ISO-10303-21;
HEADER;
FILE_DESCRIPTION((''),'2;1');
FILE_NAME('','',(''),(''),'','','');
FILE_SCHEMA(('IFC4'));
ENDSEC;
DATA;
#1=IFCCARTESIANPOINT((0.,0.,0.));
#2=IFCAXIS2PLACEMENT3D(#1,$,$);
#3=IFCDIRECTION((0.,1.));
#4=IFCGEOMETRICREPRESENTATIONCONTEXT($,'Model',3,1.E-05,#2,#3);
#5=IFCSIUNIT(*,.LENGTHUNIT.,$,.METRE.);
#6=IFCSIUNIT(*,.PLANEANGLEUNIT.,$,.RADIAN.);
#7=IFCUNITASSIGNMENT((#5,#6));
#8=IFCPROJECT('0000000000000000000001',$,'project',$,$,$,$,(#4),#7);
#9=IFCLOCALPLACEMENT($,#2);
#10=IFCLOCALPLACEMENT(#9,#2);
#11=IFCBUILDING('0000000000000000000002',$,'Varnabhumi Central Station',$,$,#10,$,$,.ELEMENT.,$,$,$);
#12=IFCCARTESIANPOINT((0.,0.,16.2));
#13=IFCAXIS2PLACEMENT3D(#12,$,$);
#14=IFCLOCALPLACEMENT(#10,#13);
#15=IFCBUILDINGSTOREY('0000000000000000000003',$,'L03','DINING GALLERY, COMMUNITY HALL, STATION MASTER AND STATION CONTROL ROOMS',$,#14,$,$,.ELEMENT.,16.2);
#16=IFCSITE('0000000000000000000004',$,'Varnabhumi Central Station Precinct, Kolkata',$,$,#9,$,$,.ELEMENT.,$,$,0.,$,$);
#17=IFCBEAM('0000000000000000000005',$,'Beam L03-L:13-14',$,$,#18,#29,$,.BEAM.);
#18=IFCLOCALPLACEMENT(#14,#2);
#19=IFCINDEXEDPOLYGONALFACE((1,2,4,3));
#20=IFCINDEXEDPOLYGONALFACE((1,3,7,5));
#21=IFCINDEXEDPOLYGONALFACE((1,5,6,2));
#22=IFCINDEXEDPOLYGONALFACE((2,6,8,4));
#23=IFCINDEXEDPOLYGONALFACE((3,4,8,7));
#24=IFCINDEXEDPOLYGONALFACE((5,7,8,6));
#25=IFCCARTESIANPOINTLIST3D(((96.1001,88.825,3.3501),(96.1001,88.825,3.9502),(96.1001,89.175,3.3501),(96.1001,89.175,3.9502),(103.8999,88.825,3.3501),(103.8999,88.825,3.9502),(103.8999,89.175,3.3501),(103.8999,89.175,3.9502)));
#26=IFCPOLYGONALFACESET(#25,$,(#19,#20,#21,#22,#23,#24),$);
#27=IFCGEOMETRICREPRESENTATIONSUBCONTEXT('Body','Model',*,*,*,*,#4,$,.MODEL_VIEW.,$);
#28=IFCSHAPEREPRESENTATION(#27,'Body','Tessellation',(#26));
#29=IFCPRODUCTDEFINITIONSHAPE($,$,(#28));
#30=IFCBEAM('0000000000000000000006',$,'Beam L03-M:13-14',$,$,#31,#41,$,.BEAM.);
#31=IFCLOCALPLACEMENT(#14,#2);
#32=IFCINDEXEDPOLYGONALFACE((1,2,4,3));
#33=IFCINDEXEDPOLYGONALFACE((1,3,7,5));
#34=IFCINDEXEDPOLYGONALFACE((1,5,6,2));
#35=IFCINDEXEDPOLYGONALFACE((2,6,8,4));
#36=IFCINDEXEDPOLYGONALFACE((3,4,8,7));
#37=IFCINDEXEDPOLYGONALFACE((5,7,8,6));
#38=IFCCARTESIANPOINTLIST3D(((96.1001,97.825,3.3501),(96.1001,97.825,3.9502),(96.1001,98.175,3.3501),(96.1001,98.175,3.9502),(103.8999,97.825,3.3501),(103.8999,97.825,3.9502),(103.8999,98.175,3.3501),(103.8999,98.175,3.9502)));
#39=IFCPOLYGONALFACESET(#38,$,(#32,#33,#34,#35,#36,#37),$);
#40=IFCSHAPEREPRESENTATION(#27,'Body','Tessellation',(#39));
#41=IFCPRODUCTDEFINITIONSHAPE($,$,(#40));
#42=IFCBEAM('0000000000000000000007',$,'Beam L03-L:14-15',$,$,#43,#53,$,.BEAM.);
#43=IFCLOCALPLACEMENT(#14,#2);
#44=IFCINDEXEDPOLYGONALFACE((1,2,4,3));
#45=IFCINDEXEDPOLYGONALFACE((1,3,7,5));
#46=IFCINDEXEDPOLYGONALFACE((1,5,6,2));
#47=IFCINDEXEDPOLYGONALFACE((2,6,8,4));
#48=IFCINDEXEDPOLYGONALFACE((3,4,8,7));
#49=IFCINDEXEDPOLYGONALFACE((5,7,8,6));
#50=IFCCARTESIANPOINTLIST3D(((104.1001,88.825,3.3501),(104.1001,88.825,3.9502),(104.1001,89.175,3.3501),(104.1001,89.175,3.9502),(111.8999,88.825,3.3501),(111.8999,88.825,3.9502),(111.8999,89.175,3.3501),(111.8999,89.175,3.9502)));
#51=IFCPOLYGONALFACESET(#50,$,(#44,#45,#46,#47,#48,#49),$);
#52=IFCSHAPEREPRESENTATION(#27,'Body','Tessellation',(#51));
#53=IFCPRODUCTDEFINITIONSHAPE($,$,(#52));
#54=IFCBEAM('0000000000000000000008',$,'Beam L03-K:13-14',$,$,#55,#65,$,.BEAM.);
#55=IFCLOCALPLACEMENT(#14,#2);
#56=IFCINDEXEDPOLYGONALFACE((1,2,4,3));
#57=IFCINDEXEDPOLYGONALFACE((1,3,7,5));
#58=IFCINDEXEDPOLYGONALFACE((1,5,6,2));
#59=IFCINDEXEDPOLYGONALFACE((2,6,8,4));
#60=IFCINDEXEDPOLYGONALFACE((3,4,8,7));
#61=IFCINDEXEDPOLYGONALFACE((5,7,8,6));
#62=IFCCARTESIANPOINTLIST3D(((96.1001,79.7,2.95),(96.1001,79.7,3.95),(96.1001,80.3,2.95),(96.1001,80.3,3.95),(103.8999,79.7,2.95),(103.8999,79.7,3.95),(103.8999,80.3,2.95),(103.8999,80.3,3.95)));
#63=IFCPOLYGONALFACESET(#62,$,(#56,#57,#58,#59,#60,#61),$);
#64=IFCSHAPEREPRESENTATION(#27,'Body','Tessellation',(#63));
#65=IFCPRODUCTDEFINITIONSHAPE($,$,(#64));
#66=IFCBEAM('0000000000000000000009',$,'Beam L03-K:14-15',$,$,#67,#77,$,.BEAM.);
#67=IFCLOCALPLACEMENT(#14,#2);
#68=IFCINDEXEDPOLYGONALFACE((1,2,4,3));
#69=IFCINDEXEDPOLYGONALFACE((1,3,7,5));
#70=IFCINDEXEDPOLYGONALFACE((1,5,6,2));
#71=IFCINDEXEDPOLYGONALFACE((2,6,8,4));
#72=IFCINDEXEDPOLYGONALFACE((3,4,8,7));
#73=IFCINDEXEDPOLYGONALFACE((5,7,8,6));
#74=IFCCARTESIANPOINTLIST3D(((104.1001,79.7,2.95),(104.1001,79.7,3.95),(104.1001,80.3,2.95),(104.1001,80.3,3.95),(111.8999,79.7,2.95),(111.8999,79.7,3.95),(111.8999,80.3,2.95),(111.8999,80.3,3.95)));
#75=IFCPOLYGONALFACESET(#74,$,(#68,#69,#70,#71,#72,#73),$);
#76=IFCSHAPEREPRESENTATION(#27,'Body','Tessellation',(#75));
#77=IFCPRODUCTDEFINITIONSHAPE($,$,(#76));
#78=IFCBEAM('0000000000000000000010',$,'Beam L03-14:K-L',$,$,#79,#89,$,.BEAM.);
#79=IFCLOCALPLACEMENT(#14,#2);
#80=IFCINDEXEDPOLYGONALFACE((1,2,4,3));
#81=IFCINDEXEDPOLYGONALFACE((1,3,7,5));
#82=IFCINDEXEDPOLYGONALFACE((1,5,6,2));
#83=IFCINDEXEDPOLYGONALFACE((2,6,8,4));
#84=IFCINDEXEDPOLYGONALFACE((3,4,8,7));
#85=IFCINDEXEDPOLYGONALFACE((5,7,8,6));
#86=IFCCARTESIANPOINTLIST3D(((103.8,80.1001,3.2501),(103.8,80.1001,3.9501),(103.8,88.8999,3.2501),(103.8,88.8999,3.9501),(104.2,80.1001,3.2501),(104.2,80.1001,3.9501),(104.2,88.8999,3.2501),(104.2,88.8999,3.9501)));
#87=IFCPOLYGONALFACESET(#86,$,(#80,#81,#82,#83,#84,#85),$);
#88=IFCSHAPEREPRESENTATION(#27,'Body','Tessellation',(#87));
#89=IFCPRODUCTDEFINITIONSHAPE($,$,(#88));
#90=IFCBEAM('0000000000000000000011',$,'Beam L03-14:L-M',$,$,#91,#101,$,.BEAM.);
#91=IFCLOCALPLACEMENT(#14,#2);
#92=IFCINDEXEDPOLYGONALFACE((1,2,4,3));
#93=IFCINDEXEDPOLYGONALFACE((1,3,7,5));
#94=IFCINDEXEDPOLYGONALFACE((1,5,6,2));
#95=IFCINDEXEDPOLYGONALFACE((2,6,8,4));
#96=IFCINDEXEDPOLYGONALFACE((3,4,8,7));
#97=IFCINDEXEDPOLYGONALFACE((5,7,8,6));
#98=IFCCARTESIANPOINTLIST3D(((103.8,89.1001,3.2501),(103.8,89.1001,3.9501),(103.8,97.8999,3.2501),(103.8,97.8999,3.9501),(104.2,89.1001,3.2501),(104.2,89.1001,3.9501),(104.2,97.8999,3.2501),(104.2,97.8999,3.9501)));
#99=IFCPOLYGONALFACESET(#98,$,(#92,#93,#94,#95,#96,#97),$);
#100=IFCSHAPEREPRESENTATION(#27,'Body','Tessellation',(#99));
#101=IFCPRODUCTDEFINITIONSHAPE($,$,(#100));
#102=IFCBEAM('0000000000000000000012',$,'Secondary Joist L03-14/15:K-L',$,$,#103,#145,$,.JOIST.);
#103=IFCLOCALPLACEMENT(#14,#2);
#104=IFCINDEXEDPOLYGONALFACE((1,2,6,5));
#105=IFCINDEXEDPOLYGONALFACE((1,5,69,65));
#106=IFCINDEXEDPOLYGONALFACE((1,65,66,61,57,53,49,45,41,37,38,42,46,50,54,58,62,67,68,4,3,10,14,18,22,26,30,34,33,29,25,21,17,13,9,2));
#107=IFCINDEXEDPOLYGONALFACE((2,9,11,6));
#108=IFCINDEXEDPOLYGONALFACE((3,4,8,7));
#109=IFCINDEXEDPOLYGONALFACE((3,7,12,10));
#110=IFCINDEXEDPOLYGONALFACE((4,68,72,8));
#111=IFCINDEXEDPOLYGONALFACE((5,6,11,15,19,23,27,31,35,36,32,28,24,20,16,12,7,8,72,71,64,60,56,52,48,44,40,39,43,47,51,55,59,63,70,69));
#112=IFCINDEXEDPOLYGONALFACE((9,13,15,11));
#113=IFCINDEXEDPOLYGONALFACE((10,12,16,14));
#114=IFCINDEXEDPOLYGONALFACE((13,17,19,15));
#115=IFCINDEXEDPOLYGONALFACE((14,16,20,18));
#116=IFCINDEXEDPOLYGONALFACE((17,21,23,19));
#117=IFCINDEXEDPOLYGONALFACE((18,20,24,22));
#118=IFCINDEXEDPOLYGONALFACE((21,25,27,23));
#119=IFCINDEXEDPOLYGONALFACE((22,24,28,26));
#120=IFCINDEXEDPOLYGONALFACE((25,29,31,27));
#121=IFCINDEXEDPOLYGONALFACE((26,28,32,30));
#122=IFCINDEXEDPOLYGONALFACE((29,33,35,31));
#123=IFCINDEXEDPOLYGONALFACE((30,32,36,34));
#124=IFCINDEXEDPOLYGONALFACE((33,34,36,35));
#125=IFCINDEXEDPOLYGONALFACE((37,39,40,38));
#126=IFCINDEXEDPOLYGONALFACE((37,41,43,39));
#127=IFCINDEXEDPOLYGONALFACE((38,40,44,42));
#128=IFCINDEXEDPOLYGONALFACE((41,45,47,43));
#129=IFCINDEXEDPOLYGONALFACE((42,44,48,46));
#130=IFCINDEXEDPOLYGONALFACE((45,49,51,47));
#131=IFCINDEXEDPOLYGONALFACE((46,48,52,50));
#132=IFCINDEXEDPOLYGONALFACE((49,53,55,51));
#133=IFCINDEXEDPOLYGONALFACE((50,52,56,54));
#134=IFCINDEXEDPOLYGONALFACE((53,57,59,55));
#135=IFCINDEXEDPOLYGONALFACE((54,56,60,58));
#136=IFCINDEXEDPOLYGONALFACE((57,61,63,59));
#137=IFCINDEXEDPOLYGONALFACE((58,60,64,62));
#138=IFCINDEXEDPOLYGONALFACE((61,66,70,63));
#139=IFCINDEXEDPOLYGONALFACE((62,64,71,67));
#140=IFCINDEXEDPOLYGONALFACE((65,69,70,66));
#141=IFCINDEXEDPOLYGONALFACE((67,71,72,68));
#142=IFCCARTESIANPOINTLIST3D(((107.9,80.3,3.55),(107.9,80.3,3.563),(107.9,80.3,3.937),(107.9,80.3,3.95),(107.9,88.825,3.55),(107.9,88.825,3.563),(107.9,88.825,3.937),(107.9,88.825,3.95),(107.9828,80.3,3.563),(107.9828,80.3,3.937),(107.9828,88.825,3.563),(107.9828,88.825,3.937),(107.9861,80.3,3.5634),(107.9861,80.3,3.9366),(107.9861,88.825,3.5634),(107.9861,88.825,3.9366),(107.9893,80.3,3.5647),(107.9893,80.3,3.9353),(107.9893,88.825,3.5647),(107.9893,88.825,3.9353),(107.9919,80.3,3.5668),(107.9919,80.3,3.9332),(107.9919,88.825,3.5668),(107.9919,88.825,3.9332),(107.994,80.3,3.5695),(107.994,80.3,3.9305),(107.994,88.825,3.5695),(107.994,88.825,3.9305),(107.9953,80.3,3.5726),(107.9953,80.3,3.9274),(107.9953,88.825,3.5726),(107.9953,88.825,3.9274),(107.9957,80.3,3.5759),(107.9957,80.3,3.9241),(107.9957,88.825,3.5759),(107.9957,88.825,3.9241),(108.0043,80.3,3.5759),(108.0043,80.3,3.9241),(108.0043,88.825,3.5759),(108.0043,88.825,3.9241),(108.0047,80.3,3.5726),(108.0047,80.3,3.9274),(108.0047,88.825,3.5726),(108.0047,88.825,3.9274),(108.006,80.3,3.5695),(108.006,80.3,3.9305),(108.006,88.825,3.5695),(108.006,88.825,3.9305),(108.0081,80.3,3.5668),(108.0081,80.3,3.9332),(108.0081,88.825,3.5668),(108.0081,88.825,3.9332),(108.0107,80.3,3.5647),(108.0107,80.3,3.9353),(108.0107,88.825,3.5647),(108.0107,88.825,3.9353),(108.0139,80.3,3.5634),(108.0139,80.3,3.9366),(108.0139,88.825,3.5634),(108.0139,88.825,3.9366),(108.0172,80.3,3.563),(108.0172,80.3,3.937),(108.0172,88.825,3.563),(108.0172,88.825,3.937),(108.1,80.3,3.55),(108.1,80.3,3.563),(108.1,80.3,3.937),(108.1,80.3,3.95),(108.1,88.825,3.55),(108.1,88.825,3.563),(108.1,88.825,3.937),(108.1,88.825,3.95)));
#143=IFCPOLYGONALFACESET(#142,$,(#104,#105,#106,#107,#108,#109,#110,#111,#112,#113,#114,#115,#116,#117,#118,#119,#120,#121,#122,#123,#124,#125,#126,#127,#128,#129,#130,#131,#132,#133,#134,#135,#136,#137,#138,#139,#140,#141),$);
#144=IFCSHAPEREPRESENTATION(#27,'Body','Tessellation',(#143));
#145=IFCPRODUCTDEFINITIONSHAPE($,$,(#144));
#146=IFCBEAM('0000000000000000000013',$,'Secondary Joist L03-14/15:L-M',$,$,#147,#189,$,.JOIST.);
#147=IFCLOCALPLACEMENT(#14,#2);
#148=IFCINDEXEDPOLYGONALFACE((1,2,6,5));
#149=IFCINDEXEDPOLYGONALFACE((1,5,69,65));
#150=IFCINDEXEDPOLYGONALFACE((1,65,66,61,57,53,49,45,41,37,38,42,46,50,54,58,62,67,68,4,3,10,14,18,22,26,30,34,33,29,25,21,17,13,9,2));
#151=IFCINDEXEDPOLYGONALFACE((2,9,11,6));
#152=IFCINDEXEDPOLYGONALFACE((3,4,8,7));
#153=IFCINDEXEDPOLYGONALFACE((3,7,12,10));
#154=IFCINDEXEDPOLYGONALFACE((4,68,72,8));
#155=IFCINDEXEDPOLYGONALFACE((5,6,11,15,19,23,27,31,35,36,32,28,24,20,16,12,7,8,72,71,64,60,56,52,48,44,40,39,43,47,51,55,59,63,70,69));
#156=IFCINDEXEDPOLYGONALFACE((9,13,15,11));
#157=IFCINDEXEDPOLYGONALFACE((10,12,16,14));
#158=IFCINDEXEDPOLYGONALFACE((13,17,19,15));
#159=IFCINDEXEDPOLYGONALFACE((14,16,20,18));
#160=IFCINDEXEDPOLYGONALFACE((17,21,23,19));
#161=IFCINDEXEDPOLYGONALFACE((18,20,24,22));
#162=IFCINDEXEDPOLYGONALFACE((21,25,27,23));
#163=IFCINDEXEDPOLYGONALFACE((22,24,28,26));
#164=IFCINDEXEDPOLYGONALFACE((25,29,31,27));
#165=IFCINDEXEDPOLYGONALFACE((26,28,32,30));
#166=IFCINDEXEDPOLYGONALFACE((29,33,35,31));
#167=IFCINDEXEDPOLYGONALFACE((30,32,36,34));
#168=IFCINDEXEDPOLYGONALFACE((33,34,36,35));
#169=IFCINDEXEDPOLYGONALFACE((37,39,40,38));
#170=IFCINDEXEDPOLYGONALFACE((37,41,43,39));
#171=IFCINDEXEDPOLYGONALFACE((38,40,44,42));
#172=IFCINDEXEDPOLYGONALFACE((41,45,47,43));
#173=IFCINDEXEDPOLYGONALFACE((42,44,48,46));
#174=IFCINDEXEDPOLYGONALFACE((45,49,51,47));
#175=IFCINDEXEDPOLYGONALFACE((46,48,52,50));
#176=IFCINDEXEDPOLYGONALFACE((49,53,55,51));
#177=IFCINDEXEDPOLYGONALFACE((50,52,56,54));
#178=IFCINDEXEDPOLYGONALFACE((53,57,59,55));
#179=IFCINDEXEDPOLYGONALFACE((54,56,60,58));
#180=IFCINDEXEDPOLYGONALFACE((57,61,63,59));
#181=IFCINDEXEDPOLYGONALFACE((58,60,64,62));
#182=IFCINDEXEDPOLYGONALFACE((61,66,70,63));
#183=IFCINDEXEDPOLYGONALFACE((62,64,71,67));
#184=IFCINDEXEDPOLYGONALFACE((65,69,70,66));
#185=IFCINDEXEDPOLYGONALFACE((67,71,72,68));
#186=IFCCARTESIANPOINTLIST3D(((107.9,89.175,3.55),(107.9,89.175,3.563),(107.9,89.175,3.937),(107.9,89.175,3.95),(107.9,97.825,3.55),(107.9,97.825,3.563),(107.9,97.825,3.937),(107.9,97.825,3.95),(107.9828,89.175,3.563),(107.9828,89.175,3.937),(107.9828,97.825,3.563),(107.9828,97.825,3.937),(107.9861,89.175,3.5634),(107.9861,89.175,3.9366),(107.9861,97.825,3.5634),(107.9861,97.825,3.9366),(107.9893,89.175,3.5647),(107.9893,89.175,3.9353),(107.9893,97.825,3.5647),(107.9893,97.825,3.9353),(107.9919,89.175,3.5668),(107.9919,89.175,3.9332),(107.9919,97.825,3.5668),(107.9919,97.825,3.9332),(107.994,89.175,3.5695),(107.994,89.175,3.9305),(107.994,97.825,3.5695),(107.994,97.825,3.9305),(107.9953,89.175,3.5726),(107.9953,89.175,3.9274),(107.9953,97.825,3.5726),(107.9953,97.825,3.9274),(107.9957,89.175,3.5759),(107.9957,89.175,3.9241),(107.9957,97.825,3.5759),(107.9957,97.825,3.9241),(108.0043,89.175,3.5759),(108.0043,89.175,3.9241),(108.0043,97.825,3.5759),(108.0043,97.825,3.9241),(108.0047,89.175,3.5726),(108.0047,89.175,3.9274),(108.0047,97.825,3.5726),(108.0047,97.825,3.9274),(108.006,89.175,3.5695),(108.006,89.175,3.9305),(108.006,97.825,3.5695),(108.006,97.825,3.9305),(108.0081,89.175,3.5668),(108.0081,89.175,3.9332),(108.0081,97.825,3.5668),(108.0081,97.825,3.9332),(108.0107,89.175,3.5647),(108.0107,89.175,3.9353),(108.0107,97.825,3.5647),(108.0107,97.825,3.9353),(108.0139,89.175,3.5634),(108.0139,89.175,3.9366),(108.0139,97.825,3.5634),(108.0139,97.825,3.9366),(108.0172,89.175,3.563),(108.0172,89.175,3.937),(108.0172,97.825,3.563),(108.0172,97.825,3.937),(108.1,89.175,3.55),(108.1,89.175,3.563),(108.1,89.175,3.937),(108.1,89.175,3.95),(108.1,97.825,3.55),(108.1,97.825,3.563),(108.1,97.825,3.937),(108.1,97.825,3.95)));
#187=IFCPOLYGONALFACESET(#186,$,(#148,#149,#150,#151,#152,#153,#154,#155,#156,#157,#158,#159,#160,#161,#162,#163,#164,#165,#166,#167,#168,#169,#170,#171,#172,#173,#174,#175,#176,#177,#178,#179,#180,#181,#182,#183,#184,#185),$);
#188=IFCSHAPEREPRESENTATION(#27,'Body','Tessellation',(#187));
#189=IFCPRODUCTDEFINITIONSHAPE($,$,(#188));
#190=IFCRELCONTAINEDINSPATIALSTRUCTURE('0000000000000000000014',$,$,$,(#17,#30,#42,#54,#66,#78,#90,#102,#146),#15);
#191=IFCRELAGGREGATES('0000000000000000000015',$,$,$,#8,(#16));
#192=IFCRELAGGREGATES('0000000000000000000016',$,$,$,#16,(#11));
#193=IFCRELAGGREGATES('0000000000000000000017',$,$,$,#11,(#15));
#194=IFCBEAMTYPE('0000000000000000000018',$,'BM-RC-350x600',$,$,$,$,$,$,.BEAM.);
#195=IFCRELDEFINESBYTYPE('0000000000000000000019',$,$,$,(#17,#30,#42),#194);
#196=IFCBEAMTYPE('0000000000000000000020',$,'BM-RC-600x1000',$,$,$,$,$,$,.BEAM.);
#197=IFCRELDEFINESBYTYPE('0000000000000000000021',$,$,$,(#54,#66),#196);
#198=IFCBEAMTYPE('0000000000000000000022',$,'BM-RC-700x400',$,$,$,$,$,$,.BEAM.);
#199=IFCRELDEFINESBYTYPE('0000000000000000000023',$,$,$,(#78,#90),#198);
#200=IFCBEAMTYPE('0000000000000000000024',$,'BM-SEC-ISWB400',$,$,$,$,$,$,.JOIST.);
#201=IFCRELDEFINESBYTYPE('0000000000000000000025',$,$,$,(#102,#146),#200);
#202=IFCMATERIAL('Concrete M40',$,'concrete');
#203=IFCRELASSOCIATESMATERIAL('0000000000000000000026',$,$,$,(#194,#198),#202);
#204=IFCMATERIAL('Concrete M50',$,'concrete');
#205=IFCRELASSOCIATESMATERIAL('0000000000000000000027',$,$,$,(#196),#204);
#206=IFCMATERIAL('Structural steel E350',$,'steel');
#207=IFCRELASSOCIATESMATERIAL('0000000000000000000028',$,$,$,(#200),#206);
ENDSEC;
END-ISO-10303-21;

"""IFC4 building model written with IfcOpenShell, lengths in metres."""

from ifc_helpers import new_model, si_unit, direction, frame, origin, origin_2d, place, context, subcontext, project, spatial, rectangle, i_section, extrude, material, material_profile, profile_set, type_object, element, save


model = new_model("IFC4")

# Units and contexts
model_context = context("Model", 3, precision=1e-05, world=origin(), true_north=direction((0.0, 1.0)))
body_context = subcontext(model_context, "Body", "Model", "MODEL_VIEW")
ifc_project = project(units=[si_unit("LENGTHUNIT", "METRE"), si_unit("PLANEANGLEUNIT", "RADIAN")], contexts=[model_context])

# Site, building, storey
site_placement = place(None, origin())
site = spatial("IfcSite", under=ifc_project, at=site_placement, Name="Varnabhumi Central Station Precinct, Kolkata", CompositionType="ELEMENT", RefElevation=0.0)
building_placement = place(site_placement, origin())
building = spatial("IfcBuilding", under=site, at=building_placement, Name="Varnabhumi Central Station", CompositionType="ELEMENT")
storey_placement = place(building_placement, frame((0.0, 0.0, 16.2)))
storey = spatial("IfcBuildingStorey", under=building, at=storey_placement, Name="L03", Description="DINING GALLERY, COMMUNITY HALL, STATION MASTER AND STATION CONTROL ROOMS", CompositionType="ELEMENT", Elevation=16.2)

# Shared definitions
ifc_material_1 = material(Name="Concrete M40", Category="concrete")
ifc_material_2 = material(Name="Structural steel E350", Category="steel")

# Beams
ifc_material_profile_1 = material_profile(ifc_material_1, rectangle(XDim=0.3501, YDim=0.6001, at=origin_2d()), Name="Concrete M40", Category="concrete")
ifc_profile_set_1 = profile_set([ifc_material_profile_1], Name="Concrete M40")
beam_type_1 = type_object("IfcBeamType", Name="BM-RC-350x600", PredefinedType="BEAM", material=ifc_profile_set_1)
for number, where, z_axis, x_axis, name in (
    (1, (96.1001, 89.0, 3.6501), (1.0, 0.0, 0.0), (0.0, 1.0, 0.0), "Beam L03-L:13-14"),
    (2, (96.1001, 98.0, 3.6501), (1.0, 0.0, 0.0), (0.0, 1.0, 0.0), "Beam L03-M:13-14"),
    (3, (104.1001, 89.0, 3.6501), (1.0, 0.0, 0.0), (0.0, 1.0, 0.0), "Beam L03-L:14-15"),
):
    element("IfcBeam", number, at=place(storey_placement, frame(where, z_axis=z_axis, x_axis=x_axis)), inside=storey, type_object=beam_type_1, Name=name, PredefinedType="BEAM", context=body_context, shape_type="SweptSolid", body=[
        extrude(rectangle(XDim=0.3501, YDim=0.6001, at=origin_2d()), origin(), (0.0, 0.0, 1.0), 7.7998),
    ])
ifc_material_3 = material(Name="Concrete M50", Category="concrete")
ifc_material_profile_2 = material_profile(ifc_material_3, rectangle(XDim=0.6001, YDim=1.0, at=origin_2d()), Name="Concrete M50", Category="concrete")
ifc_profile_set_2 = profile_set([ifc_material_profile_2], Name="Concrete M50")
beam_type_2 = type_object("IfcBeamType", Name="BM-RC-600x1000", PredefinedType="BEAM", material=ifc_profile_set_2)
for number, where, z_axis, x_axis, name in (
    (4, (96.1001, 80.0, 3.45), (1.0, 0.0, 0.0), (0.0, 1.0, 0.0), "Beam L03-K:13-14"),
    (5, (104.1001, 80.0, 3.45), (1.0, 0.0, 0.0), (0.0, 1.0, 0.0), "Beam L03-K:14-15"),
):
    element("IfcBeam", number, at=place(storey_placement, frame(where, z_axis=z_axis, x_axis=x_axis)), inside=storey, type_object=beam_type_2, Name=name, PredefinedType="BEAM", context=body_context, shape_type="SweptSolid", body=[
        extrude(rectangle(XDim=0.6001, YDim=1.0, at=origin_2d()), origin(), (0.0, 0.0, 1.0), 7.7998),
    ])
ifc_material_profile_3 = material_profile(ifc_material_1, rectangle(XDim=0.3999, YDim=0.7, at=origin_2d()), Name="Concrete M40", Category="concrete")
ifc_profile_set_3 = profile_set([ifc_material_profile_3], Name="Concrete M40")
beam_type_3 = type_object("IfcBeamType", Name="BM-RC-700x400", PredefinedType="BEAM", material=ifc_profile_set_3)
for number, where, z_axis, x_axis, name in (
    (6, (104.0, 80.1001, 3.6001), (0.0, 1.0, 0.0), (-1.0, 0.0, 0.0), "Beam L03-14:K-L"),
    (7, (104.0, 89.1001, 3.6001), (0.0, 1.0, 0.0), (-1.0, 0.0, 0.0), "Beam L03-14:L-M"),
):
    element("IfcBeam", number, at=place(storey_placement, frame(where, z_axis=z_axis, x_axis=x_axis)), inside=storey, type_object=beam_type_3, Name=name, PredefinedType="BEAM", context=body_context, shape_type="SweptSolid", body=[
        extrude(rectangle(XDim=0.3999, YDim=0.7, at=origin_2d()), origin(), (0.0, 0.0, 1.0), 8.7998),
    ])
ifc_material_profile_4 = material_profile(ifc_material_2, i_section(OverallWidth=0.2, OverallDepth=0.3999, WebThickness=0.0085, FlangeThickness=0.0129, FilletRadius=0.0129, at=origin_2d()), Name="Structural steel E350", Category="steel")
ifc_profile_set_4 = profile_set([ifc_material_profile_4], Name="Structural steel E350")
beam_type_4 = type_object("IfcBeamType", Name="BM-SEC-ISWB400", PredefinedType="JOIST", material=ifc_profile_set_4)
beam_1_placement = place(storey_placement, frame((108.0, 80.3, 3.75), z_axis=(0.0, 1.0, 0.0), x_axis=(-1.0, 0.0, 0.0)))
element("IfcBeam", 8, at=beam_1_placement, inside=storey, type_object=beam_type_4, Name="Secondary Joist L03-14/15:K-L", PredefinedType="JOIST", context=body_context, shape_type="SweptSolid", body=[
    extrude(i_section(OverallWidth=0.2, OverallDepth=0.3999, WebThickness=0.0085, FlangeThickness=0.0129, FilletRadius=0.0129, at=origin_2d()), origin(), (0.0, 0.0, 1.0), 8.5249),
])
beam_2_placement = place(storey_placement, frame((108.0, 89.175, 3.75), z_axis=(0.0, 1.0, 0.0), x_axis=(-1.0, 0.0, 0.0)))
element("IfcBeam", 9, at=beam_2_placement, inside=storey, type_object=beam_type_4, Name="Secondary Joist L03-14/15:L-M", PredefinedType="JOIST", context=body_context, shape_type="SweptSolid", body=[
    extrude(i_section(OverallWidth=0.2, OverallDepth=0.3999, WebThickness=0.0085, FlangeThickness=0.0129, FilletRadius=0.0129, at=origin_2d()), origin(), (0.0, 0.0, 1.0), 8.6499),
])

save(model, "model.ifc")
